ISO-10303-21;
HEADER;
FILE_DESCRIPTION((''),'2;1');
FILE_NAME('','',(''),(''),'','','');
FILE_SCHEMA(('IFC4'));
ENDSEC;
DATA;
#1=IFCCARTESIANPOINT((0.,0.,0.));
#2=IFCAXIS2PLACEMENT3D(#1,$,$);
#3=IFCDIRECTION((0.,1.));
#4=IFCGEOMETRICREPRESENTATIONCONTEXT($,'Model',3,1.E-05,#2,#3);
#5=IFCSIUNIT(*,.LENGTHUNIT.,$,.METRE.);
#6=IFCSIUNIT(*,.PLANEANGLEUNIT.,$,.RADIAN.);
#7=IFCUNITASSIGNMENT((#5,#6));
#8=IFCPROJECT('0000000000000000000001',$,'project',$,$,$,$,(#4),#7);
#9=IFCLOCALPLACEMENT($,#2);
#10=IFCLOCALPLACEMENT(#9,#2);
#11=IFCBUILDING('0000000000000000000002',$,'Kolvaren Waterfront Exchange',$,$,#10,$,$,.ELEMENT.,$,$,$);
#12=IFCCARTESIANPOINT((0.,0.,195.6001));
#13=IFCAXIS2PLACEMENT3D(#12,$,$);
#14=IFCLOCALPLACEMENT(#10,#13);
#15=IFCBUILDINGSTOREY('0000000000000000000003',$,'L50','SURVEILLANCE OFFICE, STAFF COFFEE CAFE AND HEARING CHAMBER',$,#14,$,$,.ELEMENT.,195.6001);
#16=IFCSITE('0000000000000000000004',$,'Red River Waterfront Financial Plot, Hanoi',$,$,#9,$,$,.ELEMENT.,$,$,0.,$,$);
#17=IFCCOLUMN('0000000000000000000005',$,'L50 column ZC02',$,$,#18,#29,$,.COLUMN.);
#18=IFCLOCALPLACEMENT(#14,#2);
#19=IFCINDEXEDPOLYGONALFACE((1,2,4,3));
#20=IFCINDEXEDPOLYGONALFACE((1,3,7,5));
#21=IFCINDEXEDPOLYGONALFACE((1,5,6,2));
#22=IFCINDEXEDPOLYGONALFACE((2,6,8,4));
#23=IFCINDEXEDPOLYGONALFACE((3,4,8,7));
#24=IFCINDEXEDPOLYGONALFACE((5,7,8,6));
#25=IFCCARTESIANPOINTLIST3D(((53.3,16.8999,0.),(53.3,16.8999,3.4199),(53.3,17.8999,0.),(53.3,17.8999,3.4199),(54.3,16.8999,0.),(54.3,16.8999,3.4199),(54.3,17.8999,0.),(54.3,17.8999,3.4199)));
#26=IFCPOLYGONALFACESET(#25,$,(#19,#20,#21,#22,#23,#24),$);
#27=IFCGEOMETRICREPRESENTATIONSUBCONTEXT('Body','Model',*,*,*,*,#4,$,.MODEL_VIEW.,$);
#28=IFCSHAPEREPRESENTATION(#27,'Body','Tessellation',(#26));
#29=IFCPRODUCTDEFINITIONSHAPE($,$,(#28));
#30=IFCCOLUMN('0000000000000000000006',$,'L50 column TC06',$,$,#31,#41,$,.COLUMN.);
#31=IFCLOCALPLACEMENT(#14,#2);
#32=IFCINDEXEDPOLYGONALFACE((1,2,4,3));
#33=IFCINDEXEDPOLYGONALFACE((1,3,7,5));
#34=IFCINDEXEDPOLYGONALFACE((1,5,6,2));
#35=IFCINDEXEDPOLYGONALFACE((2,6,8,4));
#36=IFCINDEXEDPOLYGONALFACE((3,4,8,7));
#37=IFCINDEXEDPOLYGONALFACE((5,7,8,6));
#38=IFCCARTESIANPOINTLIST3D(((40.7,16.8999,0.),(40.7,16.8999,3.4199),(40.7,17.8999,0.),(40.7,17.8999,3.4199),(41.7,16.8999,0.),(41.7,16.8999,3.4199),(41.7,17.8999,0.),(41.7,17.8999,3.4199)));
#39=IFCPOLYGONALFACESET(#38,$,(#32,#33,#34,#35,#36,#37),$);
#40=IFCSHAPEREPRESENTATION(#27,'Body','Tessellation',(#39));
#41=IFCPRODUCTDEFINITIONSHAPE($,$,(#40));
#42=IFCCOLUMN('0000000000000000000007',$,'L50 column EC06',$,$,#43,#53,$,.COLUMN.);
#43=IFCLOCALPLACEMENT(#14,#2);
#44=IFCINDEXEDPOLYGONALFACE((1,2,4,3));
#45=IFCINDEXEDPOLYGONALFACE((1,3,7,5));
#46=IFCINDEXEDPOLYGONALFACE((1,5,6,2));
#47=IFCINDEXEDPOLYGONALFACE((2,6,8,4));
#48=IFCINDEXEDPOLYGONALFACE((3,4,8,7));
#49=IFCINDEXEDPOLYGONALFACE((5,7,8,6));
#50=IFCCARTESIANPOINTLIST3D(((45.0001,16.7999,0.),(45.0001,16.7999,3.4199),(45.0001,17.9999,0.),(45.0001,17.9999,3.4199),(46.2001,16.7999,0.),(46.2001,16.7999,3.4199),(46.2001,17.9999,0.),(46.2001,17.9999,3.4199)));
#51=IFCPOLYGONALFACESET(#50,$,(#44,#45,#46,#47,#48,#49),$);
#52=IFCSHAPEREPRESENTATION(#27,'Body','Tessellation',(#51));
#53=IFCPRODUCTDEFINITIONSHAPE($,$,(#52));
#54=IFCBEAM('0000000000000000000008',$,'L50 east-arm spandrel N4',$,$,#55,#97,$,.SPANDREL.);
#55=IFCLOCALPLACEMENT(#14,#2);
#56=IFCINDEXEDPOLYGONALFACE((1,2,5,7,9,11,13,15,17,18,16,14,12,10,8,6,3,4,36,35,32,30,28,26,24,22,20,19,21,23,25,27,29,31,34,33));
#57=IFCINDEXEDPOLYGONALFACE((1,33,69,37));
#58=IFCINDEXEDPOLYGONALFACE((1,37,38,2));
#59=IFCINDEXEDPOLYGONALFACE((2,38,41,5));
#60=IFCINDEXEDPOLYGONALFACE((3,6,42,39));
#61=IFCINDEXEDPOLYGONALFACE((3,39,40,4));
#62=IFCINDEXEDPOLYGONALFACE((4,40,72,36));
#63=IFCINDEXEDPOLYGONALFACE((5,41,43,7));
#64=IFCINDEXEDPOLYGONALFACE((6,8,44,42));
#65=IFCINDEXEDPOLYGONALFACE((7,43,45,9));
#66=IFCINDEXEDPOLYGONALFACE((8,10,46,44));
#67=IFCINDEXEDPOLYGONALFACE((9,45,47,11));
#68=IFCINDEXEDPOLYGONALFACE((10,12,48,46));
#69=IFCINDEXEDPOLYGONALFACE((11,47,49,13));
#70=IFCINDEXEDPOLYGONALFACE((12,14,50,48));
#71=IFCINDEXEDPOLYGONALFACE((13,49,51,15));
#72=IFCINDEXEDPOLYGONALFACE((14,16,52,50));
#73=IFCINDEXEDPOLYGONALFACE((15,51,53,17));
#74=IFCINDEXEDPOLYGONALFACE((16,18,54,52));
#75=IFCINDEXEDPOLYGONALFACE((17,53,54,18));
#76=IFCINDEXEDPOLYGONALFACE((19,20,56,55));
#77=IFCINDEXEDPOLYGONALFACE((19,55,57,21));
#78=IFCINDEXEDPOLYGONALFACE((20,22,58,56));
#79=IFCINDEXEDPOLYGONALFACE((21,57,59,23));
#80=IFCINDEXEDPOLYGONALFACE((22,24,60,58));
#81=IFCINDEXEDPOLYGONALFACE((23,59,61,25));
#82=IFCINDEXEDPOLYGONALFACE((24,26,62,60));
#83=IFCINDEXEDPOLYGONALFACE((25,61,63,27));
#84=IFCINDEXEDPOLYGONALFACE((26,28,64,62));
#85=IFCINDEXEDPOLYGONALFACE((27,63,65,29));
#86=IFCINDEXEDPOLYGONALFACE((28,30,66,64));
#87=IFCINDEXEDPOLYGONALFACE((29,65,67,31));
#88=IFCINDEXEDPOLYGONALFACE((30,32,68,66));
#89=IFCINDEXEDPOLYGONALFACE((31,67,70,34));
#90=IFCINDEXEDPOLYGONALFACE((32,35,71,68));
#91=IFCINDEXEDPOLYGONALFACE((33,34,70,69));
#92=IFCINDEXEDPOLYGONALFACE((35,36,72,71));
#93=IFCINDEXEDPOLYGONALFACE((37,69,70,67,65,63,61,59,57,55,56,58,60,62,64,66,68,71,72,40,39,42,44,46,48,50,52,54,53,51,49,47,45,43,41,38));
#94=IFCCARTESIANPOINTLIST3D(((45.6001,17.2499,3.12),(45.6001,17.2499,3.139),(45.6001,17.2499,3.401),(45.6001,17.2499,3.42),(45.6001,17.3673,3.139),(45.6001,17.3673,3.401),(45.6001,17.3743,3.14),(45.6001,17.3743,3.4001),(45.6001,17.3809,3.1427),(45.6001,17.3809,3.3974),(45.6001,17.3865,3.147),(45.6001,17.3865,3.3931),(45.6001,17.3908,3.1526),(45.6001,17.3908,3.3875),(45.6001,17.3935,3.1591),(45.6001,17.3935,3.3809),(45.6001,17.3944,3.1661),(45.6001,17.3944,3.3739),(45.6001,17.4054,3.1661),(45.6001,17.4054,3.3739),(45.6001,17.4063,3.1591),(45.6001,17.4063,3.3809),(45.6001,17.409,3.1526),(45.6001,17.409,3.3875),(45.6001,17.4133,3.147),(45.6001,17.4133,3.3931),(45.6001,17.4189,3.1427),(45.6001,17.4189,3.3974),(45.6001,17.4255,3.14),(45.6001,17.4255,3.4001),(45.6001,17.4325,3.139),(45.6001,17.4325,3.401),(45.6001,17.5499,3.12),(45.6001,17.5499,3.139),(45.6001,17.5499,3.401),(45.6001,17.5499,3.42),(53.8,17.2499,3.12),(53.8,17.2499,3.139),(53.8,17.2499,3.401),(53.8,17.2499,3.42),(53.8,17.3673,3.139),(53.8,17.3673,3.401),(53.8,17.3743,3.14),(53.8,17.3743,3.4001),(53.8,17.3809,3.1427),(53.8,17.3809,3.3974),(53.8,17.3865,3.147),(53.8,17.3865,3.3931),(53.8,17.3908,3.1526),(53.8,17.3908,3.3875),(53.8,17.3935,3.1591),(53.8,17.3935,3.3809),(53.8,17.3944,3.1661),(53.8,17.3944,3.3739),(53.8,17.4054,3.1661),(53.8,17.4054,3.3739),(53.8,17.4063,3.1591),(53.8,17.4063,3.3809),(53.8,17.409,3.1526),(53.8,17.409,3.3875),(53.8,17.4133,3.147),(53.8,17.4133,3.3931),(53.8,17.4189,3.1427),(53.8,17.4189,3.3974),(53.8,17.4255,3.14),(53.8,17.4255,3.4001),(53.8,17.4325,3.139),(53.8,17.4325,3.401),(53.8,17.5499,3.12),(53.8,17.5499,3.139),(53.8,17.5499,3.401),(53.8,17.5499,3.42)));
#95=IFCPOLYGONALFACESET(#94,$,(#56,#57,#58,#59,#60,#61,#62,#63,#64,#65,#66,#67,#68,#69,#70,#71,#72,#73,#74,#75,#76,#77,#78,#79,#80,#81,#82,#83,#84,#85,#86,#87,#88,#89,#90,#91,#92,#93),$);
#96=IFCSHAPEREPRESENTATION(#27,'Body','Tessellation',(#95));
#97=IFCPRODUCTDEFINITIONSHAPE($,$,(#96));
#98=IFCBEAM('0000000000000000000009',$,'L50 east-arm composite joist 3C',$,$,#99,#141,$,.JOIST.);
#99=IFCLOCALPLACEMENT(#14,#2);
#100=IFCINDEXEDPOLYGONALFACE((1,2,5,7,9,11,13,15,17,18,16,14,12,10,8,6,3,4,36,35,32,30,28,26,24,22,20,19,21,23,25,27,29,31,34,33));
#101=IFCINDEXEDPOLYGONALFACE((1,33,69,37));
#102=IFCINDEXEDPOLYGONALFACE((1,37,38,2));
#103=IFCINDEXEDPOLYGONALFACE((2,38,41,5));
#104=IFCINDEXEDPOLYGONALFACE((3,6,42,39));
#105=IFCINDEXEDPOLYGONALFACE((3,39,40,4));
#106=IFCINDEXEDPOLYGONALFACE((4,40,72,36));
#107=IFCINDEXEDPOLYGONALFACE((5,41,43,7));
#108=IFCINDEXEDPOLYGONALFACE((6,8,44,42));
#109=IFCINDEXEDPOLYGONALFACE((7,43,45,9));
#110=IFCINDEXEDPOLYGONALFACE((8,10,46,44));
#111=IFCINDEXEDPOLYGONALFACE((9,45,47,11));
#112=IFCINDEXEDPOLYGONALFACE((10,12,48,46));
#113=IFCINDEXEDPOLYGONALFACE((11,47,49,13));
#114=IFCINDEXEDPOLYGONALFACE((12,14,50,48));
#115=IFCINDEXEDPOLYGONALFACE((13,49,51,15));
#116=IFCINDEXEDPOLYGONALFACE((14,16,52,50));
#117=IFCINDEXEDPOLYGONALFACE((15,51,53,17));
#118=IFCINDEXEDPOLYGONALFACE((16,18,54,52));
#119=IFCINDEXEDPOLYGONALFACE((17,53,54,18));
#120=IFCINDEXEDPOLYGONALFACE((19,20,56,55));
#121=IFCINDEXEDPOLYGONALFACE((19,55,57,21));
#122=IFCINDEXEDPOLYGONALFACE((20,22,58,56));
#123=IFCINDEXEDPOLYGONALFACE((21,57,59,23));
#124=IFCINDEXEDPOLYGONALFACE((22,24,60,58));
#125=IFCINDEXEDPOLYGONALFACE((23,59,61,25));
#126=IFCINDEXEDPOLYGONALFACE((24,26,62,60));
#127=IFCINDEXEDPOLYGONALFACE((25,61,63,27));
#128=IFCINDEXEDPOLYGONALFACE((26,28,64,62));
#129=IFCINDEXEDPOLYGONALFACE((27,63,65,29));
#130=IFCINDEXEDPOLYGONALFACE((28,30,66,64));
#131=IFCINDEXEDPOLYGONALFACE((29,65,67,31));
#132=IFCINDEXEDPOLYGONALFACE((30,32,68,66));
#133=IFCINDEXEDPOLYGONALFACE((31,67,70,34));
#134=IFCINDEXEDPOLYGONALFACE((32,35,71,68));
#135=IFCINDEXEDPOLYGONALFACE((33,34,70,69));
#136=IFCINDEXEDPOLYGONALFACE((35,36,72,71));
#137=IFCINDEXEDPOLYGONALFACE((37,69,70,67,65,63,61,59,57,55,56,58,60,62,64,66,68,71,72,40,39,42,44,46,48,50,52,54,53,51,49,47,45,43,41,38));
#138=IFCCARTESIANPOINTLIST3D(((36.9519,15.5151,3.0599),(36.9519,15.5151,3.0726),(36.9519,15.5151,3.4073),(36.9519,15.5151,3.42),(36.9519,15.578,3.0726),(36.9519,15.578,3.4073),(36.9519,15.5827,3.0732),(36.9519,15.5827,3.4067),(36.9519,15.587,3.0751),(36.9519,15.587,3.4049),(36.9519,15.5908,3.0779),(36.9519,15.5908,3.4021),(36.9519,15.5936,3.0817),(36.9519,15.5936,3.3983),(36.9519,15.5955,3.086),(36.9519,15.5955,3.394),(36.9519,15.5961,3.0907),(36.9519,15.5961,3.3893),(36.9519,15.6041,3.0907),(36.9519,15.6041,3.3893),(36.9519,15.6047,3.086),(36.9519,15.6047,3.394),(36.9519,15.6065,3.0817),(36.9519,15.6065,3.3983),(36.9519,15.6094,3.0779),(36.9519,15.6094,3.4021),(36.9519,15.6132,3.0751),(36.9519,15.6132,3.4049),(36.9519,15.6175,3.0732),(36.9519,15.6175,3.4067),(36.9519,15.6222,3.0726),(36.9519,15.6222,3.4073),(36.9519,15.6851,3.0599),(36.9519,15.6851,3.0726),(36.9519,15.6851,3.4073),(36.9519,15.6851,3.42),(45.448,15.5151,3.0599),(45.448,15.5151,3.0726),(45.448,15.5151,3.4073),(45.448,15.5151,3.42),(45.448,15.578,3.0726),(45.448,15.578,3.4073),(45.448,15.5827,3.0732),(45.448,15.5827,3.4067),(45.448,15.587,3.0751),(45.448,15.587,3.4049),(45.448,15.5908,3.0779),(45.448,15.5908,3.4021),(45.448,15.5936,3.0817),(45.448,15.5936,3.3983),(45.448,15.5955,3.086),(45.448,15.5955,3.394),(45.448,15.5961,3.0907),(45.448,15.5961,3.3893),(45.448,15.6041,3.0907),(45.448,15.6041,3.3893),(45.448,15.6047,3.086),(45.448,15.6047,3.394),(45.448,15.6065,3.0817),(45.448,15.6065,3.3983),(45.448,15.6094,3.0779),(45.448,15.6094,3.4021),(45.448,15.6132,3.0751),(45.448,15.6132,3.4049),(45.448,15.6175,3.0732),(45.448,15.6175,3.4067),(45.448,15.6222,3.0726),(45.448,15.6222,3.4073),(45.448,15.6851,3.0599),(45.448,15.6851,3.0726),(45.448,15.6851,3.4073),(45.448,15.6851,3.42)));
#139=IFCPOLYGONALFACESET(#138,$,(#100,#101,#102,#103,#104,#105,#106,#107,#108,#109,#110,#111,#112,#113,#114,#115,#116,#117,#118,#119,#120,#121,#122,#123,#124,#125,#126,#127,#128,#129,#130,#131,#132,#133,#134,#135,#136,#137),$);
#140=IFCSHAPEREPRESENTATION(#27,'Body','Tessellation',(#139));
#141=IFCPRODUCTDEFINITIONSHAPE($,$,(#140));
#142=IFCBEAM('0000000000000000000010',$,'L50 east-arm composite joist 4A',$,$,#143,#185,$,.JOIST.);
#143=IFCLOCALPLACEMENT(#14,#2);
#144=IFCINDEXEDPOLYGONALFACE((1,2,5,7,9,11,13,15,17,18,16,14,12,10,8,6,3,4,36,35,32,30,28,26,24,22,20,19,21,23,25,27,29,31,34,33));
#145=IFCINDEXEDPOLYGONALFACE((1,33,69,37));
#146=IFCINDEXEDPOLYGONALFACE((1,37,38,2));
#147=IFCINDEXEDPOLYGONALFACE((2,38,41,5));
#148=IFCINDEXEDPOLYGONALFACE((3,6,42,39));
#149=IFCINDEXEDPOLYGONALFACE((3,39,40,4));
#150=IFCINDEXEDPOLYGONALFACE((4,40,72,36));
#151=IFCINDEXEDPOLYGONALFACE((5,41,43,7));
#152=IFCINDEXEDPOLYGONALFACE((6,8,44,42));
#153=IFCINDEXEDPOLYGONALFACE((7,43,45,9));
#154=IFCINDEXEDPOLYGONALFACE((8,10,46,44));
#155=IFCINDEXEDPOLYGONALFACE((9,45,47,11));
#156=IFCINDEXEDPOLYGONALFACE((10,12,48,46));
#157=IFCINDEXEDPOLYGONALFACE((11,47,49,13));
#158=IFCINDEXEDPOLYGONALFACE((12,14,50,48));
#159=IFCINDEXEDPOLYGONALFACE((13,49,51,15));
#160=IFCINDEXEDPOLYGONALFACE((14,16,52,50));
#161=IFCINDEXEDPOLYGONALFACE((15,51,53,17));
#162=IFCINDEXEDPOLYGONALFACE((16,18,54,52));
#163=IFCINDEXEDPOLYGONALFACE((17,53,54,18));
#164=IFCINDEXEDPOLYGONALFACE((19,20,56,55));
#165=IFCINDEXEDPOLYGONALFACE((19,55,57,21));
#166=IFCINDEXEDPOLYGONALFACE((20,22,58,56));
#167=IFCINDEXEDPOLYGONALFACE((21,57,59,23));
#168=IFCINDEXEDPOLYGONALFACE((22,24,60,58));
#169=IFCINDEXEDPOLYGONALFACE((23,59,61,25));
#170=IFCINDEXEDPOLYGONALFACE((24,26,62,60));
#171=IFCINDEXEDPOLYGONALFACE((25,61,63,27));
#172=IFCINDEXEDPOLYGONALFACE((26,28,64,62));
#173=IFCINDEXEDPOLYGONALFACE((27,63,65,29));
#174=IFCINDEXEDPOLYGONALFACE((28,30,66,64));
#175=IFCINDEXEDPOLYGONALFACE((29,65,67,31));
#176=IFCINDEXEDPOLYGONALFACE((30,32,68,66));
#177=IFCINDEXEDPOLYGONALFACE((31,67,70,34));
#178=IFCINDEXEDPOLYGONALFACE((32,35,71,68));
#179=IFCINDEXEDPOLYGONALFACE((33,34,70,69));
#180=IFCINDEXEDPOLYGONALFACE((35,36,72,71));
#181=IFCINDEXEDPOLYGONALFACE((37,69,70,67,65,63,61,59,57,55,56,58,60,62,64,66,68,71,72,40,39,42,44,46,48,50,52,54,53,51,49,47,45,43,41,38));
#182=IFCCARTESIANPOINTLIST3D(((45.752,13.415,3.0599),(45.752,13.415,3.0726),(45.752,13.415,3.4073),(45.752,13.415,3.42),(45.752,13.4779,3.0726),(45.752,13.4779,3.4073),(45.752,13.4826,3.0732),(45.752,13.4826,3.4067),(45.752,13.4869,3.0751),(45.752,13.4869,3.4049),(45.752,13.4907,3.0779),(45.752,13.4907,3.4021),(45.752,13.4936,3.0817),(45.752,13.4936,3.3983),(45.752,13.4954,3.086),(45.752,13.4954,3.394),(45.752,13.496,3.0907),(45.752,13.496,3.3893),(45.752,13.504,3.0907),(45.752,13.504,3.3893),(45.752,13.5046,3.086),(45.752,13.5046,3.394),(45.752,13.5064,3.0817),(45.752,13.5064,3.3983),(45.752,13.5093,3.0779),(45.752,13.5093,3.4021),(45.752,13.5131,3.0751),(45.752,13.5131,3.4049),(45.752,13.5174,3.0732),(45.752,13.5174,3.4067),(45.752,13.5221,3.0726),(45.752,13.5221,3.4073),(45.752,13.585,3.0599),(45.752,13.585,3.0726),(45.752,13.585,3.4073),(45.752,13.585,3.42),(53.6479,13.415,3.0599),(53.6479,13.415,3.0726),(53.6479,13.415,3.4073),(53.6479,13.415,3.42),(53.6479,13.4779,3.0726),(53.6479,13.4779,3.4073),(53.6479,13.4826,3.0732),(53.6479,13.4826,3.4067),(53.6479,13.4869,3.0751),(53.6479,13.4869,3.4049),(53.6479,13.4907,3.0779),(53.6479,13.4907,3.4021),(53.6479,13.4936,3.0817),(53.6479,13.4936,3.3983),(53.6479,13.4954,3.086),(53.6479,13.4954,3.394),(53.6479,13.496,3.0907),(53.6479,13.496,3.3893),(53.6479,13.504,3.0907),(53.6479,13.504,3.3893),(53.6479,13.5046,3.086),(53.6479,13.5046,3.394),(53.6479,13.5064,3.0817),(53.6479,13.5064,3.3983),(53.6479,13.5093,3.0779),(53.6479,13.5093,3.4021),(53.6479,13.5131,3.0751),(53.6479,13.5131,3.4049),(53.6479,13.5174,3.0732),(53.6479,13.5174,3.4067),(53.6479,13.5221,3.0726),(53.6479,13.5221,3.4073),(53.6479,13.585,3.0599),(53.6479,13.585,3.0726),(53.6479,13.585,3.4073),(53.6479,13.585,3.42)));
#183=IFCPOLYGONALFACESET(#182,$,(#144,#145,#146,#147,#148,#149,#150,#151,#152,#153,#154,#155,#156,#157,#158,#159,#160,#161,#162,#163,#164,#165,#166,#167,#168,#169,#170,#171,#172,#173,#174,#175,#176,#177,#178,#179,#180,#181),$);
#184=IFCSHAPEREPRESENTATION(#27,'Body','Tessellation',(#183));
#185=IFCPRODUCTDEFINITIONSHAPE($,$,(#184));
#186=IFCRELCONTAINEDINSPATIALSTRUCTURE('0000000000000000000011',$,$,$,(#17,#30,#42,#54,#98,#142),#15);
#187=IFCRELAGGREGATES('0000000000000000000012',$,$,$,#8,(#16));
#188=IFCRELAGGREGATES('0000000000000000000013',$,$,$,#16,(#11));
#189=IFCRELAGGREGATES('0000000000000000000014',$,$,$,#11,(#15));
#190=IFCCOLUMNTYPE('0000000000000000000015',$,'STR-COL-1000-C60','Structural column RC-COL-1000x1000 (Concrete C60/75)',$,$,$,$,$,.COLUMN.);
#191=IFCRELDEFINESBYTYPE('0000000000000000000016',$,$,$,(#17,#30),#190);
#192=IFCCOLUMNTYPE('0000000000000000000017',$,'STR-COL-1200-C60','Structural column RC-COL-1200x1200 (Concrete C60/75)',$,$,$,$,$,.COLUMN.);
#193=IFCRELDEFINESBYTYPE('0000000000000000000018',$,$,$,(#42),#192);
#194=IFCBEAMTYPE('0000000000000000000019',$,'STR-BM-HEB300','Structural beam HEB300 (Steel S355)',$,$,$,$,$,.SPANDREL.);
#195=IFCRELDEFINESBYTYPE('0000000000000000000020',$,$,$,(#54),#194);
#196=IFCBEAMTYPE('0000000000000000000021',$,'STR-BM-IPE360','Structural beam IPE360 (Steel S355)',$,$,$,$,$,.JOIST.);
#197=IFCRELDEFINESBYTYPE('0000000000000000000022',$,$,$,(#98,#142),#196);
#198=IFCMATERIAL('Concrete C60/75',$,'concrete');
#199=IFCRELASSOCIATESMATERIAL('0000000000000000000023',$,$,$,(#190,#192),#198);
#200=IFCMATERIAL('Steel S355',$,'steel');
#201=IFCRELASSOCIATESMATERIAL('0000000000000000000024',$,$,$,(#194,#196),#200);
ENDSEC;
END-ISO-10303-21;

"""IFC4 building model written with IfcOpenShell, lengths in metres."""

from ifc_helpers import new_model, si_unit, direction, frame, origin, origin_2d, place, context, subcontext, project, spatial, rectangle, i_section, extrude, material, material_profile, profile_set, type_object, element, save


model = new_model("IFC4")

# Units and contexts
model_context = context("Model", 3, precision=1e-05, world=origin(), true_north=direction((0.0, 1.0)))
body_context = subcontext(model_context, "Body", "Model", "MODEL_VIEW")
ifc_project = project(units=[si_unit("LENGTHUNIT", "METRE"), si_unit("PLANEANGLEUNIT", "RADIAN")], contexts=[model_context])

# Site, building, storey
site_placement = place(None, origin())
site = spatial("IfcSite", under=ifc_project, at=site_placement, Name="Red River Waterfront Financial Plot, Hanoi", CompositionType="ELEMENT", RefElevation=0.0)
building_placement = place(site_placement, origin())
building = spatial("IfcBuilding", under=site, at=building_placement, Name="Kolvaren Waterfront Exchange", CompositionType="ELEMENT")
storey_placement = place(building_placement, frame((0.0, 0.0, 195.6001)))
storey = spatial("IfcBuildingStorey", under=building, at=storey_placement, Name="L50", Description="SURVEILLANCE OFFICE, STAFF COFFEE CAFE AND HEARING CHAMBER", CompositionType="ELEMENT", Elevation=195.6001)

# Columns
ifc_material_1 = material(Name="Concrete C60/75", Category="concrete")
ifc_material_profile_1 = material_profile(ifc_material_1, rectangle(XDim=1.0, YDim=1.0, at=origin_2d()), Name="RC-COL-1000x1000")
ifc_profile_set_1 = profile_set([ifc_material_profile_1], Name="Concrete C60/75")
column_type_1 = type_object("IfcColumnType", Name="STR-COL-1000-C60", Description="Structural column RC-COL-1000x1000 (Concrete C60/75)", PredefinedType="COLUMN", material=ifc_profile_set_1)
for number, where, z_axis, x_axis, name in (
    (1, (53.8, 17.3999, 0.0), (0.0, 0.0, 1.0), (1.0, 0.0, 0.0), "L50 column ZC02"),
    (2, (41.2, 17.3999, 0.0), (0.0, 0.0, 1.0), (1.0, 0.0, 0.0), "L50 column TC06"),
):
    element("IfcColumn", number, at=place(storey_placement, frame(where, z_axis=z_axis, x_axis=x_axis)), inside=storey, type_object=column_type_1, Name=name, PredefinedType="COLUMN", context=body_context, shape_type="SweptSolid", body=[
        extrude(rectangle(XDim=1.0, YDim=1.0, at=origin_2d()), origin(), (0.0, 0.0, 1.0), 3.4199),
    ])
ifc_material_profile_2 = material_profile(ifc_material_1, rectangle(XDim=1.2, YDim=1.2, at=origin_2d()), Name="RC-COL-1200x1200")
ifc_profile_set_2 = profile_set([ifc_material_profile_2], Name="Concrete C60/75")
column_type_2 = type_object("IfcColumnType", Name="STR-COL-1200-C60", Description="Structural column RC-COL-1200x1200 (Concrete C60/75)", PredefinedType="COLUMN", material=ifc_profile_set_2)
column_placement = place(storey_placement, frame((45.6001, 17.3999, 0.0), z_axis=(0.0, 0.0, 1.0), x_axis=(1.0, 0.0, 0.0)))
element("IfcColumn", 3, at=column_placement, inside=storey, type_object=column_type_2, Name="L50 column EC06", PredefinedType="COLUMN", context=body_context, shape_type="SweptSolid", body=[
    extrude(rectangle(XDim=1.2, YDim=1.2, at=origin_2d()), origin(), (0.0, 0.0, 1.0), 3.4199),
])

# Beams
ifc_material_2 = material(Name="Steel S355", Category="steel")
ifc_material_profile_3 = material_profile(ifc_material_2, i_section(OverallWidth=0.3, OverallDepth=0.3, WebThickness=0.011, FlangeThickness=0.019, FilletRadius=0.0271, at=origin_2d()), Name="HEB300")
ifc_profile_set_3 = profile_set([ifc_material_profile_3], Name="Steel S355")
beam_type_1 = type_object("IfcBeamType", Name="STR-BM-HEB300", Description="Structural beam HEB300 (Steel S355)", PredefinedType="SPANDREL", material=ifc_profile_set_3)
beam_1_placement = place(storey_placement, frame((45.6001, 17.3999, 3.27), z_axis=(1.0, 0.0, 0.0), x_axis=(0.0, 1.0, 0.0)))
element("IfcBeam", 4, at=beam_1_placement, inside=storey, type_object=beam_type_1, Name="L50 east-arm spandrel N4", PredefinedType="SPANDREL", context=body_context, shape_type="SweptSolid", body=[
    extrude(i_section(OverallWidth=0.3, OverallDepth=0.3, WebThickness=0.011, FlangeThickness=0.019, FilletRadius=0.0271, at=origin_2d()), origin(), (0.0, 0.0, 1.0), 8.2),
])
ifc_material_profile_4 = material_profile(ifc_material_2, i_section(OverallWidth=0.1699, OverallDepth=0.3601, WebThickness=0.0081, FlangeThickness=0.0127, FilletRadius=0.0181, at=origin_2d()), Name="IPE360")
ifc_profile_set_4 = profile_set([ifc_material_profile_4], Name="Steel S355")
beam_type_2 = type_object("IfcBeamType", Name="STR-BM-IPE360", Description="Structural beam IPE360 (Steel S355)", PredefinedType="JOIST", material=ifc_profile_set_4)
beam_2_placement = place(storey_placement, frame((36.9519, 15.6001, 3.24), z_axis=(1.0, 0.0, 0.0), x_axis=(0.0, 1.0, 0.0)))
element("IfcBeam", 5, at=beam_2_placement, inside=storey, type_object=beam_type_2, Name="L50 east-arm composite joist 3C", PredefinedType="JOIST", context=body_context, shape_type="SweptSolid", body=[
    extrude(i_section(OverallWidth=0.1699, OverallDepth=0.3601, WebThickness=0.0081, FlangeThickness=0.0127, FilletRadius=0.0181, at=origin_2d()), origin(), (0.0, 0.0, 1.0), 8.4961),
])
for number, where, z_axis, x_axis, name in (
    (6, (45.752, 13.5, 3.24), (1.0, 0.0, 0.0), (0.0, 1.0, 0.0), "L50 east-arm composite joist 4A"),
):
    element("IfcBeam", number, at=place(storey_placement, frame(where, z_axis=z_axis, x_axis=x_axis)), inside=storey, type_object=beam_type_2, Name=name, PredefinedType="JOIST", context=body_context, shape_type="SweptSolid", body=[
        extrude(i_section(OverallWidth=0.1699, OverallDepth=0.3601, WebThickness=0.0081, FlangeThickness=0.0127, FilletRadius=0.0181, at=origin_2d()), origin(), (0.0, 0.0, 1.0), 7.896),
    ])

save(model, "model.ifc")
